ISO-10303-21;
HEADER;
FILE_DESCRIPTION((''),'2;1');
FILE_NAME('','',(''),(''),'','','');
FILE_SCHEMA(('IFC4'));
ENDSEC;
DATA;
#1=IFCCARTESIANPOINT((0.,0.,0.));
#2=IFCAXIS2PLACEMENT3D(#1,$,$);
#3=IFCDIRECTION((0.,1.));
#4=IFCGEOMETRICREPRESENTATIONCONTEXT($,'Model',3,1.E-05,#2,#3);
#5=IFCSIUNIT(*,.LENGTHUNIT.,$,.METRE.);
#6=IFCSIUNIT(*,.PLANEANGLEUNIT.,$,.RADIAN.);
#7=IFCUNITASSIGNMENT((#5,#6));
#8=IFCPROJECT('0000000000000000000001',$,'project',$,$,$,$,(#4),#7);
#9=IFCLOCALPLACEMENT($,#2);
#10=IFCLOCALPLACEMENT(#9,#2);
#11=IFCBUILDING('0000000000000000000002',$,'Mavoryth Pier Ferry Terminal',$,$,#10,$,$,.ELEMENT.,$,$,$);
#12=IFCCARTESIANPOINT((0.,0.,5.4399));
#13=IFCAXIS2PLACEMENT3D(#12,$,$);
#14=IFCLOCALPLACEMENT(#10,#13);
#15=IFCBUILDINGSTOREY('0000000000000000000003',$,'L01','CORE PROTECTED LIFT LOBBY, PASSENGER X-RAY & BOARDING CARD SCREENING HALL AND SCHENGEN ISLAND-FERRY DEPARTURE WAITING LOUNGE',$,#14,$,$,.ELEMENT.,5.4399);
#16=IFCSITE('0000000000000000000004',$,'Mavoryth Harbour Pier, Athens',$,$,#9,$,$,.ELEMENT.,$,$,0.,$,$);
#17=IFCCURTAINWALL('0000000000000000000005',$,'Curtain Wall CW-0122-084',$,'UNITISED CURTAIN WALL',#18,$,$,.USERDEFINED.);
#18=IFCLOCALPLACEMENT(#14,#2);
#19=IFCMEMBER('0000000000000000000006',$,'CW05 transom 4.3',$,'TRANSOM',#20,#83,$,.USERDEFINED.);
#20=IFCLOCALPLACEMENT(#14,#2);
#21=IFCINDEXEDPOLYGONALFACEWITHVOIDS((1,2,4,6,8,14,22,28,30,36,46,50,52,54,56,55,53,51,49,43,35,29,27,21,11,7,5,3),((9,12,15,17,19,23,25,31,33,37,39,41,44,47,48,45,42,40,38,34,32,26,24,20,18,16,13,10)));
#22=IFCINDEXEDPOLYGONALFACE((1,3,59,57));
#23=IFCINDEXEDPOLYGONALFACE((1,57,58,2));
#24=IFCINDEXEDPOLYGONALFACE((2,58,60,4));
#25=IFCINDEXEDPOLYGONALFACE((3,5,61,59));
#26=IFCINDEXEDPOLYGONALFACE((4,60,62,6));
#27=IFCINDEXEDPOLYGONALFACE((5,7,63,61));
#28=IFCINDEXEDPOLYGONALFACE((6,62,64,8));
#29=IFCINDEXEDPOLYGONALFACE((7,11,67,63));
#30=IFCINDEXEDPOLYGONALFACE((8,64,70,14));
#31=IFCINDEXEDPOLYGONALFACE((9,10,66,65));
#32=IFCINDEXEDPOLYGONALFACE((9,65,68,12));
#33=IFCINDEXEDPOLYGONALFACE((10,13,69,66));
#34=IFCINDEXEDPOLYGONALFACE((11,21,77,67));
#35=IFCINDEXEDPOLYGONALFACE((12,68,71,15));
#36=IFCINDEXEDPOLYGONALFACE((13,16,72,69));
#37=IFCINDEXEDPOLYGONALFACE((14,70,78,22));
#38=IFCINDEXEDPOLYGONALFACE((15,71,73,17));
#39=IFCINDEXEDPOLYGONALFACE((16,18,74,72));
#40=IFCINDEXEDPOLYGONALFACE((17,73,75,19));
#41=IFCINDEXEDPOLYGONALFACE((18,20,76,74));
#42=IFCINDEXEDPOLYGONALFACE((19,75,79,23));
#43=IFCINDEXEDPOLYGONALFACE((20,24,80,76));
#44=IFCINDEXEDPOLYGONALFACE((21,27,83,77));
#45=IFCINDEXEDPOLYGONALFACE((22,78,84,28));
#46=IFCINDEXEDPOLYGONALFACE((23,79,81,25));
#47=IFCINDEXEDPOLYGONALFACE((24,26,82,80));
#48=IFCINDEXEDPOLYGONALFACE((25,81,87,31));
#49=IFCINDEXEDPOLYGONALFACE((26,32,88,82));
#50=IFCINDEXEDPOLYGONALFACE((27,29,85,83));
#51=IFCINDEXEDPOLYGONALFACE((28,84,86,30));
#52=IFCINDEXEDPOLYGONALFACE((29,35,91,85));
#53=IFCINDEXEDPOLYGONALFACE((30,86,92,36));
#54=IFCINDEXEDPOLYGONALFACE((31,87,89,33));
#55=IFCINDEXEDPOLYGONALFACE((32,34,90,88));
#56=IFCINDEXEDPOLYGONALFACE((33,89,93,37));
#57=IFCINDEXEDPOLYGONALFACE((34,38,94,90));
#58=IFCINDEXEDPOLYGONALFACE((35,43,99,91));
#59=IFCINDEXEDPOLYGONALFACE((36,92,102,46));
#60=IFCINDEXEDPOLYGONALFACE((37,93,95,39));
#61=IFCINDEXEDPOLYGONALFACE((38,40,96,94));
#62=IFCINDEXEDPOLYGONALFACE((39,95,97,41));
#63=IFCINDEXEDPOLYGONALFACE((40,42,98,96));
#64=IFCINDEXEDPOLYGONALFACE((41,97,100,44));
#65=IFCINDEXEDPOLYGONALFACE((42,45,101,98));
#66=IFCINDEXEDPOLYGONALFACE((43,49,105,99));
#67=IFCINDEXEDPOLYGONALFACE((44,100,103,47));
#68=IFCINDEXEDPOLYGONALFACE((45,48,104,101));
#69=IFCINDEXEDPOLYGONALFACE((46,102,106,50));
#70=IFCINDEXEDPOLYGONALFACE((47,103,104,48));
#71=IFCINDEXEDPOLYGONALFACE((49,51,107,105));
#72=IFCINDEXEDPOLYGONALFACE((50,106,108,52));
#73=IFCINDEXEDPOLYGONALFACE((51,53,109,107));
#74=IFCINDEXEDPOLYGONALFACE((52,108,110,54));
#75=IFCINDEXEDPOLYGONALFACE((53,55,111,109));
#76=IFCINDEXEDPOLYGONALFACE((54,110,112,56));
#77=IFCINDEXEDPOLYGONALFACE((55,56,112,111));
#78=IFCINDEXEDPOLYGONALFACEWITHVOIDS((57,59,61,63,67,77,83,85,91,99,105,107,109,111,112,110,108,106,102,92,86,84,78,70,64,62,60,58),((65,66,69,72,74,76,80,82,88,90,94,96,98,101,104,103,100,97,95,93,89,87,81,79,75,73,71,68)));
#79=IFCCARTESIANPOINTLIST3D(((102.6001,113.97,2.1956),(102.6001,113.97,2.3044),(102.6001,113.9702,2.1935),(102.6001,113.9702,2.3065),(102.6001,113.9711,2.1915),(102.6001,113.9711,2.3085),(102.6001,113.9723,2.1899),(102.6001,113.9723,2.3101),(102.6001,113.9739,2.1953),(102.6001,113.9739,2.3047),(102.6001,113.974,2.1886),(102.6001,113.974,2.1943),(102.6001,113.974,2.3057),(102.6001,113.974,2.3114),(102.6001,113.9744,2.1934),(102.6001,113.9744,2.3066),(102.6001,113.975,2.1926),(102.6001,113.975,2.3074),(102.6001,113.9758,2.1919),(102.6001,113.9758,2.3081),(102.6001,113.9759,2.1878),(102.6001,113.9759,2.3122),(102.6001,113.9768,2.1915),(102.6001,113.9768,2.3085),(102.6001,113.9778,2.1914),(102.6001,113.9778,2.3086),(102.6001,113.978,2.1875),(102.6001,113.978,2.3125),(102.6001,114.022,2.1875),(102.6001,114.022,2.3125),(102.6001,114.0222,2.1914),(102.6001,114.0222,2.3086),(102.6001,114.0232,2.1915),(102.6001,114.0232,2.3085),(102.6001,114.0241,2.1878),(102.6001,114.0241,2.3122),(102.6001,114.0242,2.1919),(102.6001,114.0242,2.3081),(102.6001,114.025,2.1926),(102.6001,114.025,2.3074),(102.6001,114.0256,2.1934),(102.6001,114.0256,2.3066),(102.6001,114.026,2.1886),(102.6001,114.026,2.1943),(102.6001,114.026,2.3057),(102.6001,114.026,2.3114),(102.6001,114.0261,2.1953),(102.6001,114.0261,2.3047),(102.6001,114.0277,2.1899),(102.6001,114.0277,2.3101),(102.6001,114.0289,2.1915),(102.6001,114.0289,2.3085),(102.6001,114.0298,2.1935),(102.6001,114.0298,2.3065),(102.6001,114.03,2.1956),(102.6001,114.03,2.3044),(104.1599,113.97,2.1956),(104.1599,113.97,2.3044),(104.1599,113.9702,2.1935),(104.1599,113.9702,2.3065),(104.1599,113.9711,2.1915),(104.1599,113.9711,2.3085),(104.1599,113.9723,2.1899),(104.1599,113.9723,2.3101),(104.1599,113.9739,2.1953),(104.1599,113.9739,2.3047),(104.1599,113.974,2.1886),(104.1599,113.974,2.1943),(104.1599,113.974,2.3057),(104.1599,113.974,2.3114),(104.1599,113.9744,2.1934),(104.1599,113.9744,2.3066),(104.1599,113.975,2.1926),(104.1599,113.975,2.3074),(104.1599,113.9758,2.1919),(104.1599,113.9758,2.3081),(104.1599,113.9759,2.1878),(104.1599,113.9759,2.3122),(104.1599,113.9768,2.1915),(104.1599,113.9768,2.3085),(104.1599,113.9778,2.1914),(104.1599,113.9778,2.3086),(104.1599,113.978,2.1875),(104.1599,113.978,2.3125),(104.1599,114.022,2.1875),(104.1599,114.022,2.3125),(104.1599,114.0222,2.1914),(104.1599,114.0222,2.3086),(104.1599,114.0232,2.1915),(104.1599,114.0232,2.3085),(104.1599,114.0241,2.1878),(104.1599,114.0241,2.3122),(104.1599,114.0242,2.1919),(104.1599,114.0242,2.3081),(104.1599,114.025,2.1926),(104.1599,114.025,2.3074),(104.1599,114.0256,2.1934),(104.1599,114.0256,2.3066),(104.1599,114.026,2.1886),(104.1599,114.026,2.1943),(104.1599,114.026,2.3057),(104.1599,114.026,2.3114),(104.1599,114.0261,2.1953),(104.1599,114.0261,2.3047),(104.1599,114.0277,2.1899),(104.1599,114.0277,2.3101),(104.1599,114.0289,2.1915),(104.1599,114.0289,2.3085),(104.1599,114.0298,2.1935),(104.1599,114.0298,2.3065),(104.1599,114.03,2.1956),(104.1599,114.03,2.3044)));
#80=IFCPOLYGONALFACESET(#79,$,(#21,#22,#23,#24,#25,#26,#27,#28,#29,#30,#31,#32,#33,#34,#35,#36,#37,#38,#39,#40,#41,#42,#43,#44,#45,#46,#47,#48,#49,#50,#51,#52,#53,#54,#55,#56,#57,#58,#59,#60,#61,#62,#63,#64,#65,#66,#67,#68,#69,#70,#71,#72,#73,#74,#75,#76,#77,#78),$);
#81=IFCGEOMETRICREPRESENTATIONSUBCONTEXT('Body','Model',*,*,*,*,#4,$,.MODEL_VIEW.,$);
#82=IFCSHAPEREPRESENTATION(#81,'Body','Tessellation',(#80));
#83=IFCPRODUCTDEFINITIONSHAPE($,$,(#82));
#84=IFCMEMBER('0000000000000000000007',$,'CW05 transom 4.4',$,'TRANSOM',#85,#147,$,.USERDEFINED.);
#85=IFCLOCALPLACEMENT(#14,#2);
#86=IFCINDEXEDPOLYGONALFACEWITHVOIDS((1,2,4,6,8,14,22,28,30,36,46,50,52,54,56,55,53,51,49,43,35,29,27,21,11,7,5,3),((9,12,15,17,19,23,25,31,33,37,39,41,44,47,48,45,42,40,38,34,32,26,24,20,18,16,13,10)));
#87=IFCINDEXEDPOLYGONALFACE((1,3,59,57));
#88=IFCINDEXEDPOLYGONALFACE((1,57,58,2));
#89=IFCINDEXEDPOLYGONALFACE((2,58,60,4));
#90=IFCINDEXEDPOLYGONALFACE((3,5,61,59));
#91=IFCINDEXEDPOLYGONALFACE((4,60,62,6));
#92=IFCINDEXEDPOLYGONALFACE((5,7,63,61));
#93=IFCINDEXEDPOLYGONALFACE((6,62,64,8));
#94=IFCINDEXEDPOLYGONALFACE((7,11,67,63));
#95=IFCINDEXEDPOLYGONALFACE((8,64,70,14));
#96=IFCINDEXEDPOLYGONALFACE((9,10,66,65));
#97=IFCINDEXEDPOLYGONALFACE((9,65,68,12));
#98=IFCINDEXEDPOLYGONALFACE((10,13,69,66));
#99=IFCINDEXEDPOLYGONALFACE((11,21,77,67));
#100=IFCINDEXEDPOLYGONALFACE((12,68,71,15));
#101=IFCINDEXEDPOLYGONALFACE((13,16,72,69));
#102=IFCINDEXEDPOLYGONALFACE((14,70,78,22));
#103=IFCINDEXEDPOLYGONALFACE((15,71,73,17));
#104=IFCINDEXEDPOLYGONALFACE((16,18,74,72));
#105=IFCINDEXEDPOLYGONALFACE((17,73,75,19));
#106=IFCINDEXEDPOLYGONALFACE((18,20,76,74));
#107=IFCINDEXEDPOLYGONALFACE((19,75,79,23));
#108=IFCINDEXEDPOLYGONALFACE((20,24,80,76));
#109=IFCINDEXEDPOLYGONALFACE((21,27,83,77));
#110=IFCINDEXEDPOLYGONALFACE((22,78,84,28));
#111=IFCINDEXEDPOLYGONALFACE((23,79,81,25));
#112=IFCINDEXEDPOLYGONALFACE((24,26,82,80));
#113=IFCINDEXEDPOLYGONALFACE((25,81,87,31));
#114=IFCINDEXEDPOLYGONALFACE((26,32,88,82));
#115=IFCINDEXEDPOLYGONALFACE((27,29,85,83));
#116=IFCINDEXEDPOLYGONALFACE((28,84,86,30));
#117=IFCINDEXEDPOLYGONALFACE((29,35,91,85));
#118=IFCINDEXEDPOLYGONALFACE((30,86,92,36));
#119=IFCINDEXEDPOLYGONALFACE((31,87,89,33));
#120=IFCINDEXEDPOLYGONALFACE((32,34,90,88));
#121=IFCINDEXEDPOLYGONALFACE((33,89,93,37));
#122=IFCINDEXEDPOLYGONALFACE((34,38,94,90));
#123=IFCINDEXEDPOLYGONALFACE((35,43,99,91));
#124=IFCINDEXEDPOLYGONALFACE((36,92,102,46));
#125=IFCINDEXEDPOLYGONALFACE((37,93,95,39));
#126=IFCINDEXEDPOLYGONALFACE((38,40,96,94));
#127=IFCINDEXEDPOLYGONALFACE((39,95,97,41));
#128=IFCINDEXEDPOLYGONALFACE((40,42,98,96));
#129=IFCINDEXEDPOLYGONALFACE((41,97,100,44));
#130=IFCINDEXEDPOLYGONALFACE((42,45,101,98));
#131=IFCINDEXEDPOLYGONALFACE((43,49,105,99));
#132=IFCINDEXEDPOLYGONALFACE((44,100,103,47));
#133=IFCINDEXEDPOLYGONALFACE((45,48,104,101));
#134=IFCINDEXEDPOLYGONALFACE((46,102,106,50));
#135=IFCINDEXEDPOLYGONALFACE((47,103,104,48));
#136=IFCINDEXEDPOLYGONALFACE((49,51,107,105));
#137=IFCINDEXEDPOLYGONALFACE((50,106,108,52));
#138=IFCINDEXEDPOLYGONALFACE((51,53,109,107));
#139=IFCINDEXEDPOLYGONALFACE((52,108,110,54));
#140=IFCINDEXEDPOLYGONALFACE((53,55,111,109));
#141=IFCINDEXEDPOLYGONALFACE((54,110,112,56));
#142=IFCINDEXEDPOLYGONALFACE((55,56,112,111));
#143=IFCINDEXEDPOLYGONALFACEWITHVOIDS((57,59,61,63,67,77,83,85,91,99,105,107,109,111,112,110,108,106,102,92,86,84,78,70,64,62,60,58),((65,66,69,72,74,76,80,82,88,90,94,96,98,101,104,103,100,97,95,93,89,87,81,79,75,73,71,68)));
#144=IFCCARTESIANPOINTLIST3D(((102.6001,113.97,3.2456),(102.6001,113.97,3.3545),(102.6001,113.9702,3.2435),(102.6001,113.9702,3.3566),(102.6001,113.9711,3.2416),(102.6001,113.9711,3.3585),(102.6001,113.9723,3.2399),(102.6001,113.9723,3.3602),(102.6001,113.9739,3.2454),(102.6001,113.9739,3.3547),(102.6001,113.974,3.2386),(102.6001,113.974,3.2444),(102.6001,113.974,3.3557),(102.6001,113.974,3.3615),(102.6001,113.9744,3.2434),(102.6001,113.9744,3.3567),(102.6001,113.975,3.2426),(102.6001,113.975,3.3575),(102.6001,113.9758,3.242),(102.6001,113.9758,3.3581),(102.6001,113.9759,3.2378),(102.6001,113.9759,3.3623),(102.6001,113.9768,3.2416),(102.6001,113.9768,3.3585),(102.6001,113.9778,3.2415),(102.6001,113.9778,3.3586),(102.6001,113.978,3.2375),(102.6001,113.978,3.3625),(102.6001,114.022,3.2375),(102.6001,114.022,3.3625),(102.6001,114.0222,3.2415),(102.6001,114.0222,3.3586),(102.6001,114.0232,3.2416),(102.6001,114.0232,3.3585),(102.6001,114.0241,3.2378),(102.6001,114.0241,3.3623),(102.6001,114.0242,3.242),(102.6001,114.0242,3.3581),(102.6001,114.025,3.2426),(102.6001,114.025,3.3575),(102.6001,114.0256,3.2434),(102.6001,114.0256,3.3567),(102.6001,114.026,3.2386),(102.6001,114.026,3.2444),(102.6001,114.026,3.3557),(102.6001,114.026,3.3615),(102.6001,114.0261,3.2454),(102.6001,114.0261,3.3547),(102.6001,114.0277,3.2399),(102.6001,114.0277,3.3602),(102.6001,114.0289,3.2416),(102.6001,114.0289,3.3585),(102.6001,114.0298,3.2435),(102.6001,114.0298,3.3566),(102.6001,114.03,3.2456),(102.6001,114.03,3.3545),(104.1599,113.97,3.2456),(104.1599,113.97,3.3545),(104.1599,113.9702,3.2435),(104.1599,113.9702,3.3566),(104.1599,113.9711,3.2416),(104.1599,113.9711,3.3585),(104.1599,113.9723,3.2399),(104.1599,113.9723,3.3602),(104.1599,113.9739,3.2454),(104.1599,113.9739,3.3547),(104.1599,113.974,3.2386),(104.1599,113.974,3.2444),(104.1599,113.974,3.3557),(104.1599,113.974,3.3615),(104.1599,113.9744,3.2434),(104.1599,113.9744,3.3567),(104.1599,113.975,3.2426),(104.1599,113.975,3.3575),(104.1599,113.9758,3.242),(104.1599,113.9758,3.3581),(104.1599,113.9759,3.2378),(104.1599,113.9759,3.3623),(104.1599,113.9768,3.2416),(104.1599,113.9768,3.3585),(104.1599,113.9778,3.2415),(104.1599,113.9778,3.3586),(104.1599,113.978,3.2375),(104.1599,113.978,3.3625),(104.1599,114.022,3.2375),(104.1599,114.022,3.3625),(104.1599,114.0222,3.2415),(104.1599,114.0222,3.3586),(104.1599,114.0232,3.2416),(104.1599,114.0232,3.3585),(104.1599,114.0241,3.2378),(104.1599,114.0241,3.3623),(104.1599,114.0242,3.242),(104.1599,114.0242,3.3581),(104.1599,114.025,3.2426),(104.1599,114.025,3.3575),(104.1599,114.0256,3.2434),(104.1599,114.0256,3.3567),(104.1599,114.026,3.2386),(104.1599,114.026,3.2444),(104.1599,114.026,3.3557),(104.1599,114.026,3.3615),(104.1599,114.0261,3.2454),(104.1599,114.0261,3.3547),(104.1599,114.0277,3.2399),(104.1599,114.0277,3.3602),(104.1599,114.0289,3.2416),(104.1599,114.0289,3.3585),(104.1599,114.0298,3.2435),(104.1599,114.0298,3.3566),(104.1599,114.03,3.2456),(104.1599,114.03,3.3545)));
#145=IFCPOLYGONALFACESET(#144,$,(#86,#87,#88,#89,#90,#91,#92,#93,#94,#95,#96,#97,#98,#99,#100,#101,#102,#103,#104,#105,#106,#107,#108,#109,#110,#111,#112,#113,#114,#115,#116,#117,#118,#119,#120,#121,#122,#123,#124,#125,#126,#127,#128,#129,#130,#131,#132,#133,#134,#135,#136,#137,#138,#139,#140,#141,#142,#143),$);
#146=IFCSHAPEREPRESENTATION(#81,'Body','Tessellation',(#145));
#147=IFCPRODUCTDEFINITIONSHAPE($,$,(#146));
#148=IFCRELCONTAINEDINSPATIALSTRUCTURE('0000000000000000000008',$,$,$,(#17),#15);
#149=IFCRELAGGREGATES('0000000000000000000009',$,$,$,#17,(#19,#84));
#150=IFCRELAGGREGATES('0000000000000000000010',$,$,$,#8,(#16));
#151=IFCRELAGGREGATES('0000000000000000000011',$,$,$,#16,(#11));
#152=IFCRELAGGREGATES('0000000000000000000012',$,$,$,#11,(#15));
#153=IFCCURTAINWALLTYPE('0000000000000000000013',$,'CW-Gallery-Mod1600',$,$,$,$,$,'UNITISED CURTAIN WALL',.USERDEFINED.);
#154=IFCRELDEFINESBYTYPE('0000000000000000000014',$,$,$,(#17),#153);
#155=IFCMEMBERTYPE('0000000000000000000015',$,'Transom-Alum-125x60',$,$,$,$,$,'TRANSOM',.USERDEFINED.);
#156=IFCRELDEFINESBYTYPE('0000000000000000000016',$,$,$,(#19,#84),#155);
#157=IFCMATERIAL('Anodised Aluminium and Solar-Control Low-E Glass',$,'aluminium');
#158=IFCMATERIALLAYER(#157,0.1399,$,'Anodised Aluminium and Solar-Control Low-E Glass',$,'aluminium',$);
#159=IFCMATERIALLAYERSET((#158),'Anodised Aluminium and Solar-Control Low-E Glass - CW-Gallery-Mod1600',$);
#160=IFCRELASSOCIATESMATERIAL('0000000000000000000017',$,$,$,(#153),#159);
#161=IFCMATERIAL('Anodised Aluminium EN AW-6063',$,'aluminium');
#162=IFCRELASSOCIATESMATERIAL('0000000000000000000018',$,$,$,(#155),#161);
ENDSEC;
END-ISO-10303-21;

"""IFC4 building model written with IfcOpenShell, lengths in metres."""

from ifc_helpers import new_model, si_unit, direction, frame, origin, origin_2d, place, context, subcontext, project, spatial, hollow_rectangle, extrude, material, layer, layer_set, material_profile, profile_set, type_object, element, aggregate, save


model = new_model("IFC4")

# Units and contexts
model_context = context("Model", 3, precision=1e-05, world=origin(), true_north=direction((0.0, 1.0)))
body_context = subcontext(model_context, "Body", "Model", "MODEL_VIEW")
ifc_project = project(units=[si_unit("LENGTHUNIT", "METRE"), si_unit("PLANEANGLEUNIT", "RADIAN")], contexts=[model_context])

# Site, building, storey
site_placement = place(None, origin())
site = spatial("IfcSite", under=ifc_project, at=site_placement, Name="Mavoryth Harbour Pier, Athens", CompositionType="ELEMENT", RefElevation=0.0)
building_placement = place(site_placement, origin())
building = spatial("IfcBuilding", under=site, at=building_placement, Name="Mavoryth Pier Ferry Terminal", CompositionType="ELEMENT")
storey_placement = place(building_placement, frame((0.0, 0.0, 5.4399)))
storey = spatial("IfcBuildingStorey", under=building, at=storey_placement, Name="L01", Description="CORE PROTECTED LIFT LOBBY, PASSENGER X-RAY & BOARDING CARD SCREENING HALL AND SCHENGEN ISLAND-FERRY DEPARTURE WAITING LOUNGE", CompositionType="ELEMENT", Elevation=5.4399)

# Curtain wall
ifc_material_1 = material(Name="Anodised Aluminium and Solar-Control Low-E Glass", Category="aluminium")
ifc_layer_1 = layer(ifc_material_1, 0.1399, Name="Anodised Aluminium and Solar-Control Low-E Glass", Category="aluminium")
ifc_layer_set_1 = layer_set([ifc_layer_1], Name="Anodised Aluminium and Solar-Control Low-E Glass - CW-Gallery-Mod1600")
curtain_wall_type = type_object("IfcCurtainWallType", Name="CW-Gallery-Mod1600", ElementType="UNITISED CURTAIN WALL", PredefinedType="USERDEFINED", material=ifc_layer_set_1)
curtain_wall_placement = place(storey_placement, origin())
curtain_wall = element("IfcCurtainWall", 1, at=curtain_wall_placement, inside=storey, type_object=curtain_wall_type, Name="Curtain Wall CW-0122-084", ObjectType="UNITISED CURTAIN WALL", PredefinedType="USERDEFINED")
ifc_material_2 = material(Name="Anodised Aluminium EN AW-6063", Category="aluminium")

# Members
ifc_material_profile_1 = material_profile(ifc_material_2, hollow_rectangle(XDim=0.0601, YDim=0.125, WallThickness=0.0039, InnerFilletRadius=0.0039, OuterFilletRadius=0.0081, at=origin_2d()), Name="AL-TRAN 125x60x4", Category="aluminium")
ifc_profile_set_1 = profile_set([ifc_material_profile_1], Name="Anodised Aluminium EN AW-6063 - AL-TRAN 125x60x4")
member_type_1 = type_object("IfcMemberType", Name="Transom-Alum-125x60", ElementType="TRANSOM", PredefinedType="USERDEFINED", material=ifc_profile_set_1)
member_1_placement = place(storey_placement, frame((104.1599, 114.0, 2.25), z_axis=(-1.0, 0.0, 0.0), x_axis=(0.0, -1.0, 0.0)))
member_1 = element("IfcMember", 2, at=member_1_placement, type_object=member_type_1, Name="CW05 transom 4.3", ObjectType="TRANSOM", PredefinedType="USERDEFINED", context=body_context, shape_type="SweptSolid", body=[
    extrude(hollow_rectangle(XDim=0.0601, YDim=0.125, WallThickness=0.0039, InnerFilletRadius=0.0039, OuterFilletRadius=0.0081, at=origin_2d()), origin(), (0.0, 0.0, 1.0), 1.5598),
])
member_2_placement = place(storey_placement, frame((104.1599, 114.0, 3.3), z_axis=(-1.0, 0.0, 0.0), x_axis=(0.0, -1.0, 0.0)))
member_2 = element("IfcMember", 3, at=member_2_placement, type_object=member_type_1, Name="CW05 transom 4.4", ObjectType="TRANSOM", PredefinedType="USERDEFINED", context=body_context, shape_type="SweptSolid", body=[
    extrude(hollow_rectangle(XDim=0.0601, YDim=0.125, WallThickness=0.0039, InnerFilletRadius=0.0039, OuterFilletRadius=0.0081, at=origin_2d()), origin(), (0.0, 0.0, 1.0), 1.5598),
])

aggregate(curtain_wall, [member_1, member_2])

save(model, "model.ifc")
